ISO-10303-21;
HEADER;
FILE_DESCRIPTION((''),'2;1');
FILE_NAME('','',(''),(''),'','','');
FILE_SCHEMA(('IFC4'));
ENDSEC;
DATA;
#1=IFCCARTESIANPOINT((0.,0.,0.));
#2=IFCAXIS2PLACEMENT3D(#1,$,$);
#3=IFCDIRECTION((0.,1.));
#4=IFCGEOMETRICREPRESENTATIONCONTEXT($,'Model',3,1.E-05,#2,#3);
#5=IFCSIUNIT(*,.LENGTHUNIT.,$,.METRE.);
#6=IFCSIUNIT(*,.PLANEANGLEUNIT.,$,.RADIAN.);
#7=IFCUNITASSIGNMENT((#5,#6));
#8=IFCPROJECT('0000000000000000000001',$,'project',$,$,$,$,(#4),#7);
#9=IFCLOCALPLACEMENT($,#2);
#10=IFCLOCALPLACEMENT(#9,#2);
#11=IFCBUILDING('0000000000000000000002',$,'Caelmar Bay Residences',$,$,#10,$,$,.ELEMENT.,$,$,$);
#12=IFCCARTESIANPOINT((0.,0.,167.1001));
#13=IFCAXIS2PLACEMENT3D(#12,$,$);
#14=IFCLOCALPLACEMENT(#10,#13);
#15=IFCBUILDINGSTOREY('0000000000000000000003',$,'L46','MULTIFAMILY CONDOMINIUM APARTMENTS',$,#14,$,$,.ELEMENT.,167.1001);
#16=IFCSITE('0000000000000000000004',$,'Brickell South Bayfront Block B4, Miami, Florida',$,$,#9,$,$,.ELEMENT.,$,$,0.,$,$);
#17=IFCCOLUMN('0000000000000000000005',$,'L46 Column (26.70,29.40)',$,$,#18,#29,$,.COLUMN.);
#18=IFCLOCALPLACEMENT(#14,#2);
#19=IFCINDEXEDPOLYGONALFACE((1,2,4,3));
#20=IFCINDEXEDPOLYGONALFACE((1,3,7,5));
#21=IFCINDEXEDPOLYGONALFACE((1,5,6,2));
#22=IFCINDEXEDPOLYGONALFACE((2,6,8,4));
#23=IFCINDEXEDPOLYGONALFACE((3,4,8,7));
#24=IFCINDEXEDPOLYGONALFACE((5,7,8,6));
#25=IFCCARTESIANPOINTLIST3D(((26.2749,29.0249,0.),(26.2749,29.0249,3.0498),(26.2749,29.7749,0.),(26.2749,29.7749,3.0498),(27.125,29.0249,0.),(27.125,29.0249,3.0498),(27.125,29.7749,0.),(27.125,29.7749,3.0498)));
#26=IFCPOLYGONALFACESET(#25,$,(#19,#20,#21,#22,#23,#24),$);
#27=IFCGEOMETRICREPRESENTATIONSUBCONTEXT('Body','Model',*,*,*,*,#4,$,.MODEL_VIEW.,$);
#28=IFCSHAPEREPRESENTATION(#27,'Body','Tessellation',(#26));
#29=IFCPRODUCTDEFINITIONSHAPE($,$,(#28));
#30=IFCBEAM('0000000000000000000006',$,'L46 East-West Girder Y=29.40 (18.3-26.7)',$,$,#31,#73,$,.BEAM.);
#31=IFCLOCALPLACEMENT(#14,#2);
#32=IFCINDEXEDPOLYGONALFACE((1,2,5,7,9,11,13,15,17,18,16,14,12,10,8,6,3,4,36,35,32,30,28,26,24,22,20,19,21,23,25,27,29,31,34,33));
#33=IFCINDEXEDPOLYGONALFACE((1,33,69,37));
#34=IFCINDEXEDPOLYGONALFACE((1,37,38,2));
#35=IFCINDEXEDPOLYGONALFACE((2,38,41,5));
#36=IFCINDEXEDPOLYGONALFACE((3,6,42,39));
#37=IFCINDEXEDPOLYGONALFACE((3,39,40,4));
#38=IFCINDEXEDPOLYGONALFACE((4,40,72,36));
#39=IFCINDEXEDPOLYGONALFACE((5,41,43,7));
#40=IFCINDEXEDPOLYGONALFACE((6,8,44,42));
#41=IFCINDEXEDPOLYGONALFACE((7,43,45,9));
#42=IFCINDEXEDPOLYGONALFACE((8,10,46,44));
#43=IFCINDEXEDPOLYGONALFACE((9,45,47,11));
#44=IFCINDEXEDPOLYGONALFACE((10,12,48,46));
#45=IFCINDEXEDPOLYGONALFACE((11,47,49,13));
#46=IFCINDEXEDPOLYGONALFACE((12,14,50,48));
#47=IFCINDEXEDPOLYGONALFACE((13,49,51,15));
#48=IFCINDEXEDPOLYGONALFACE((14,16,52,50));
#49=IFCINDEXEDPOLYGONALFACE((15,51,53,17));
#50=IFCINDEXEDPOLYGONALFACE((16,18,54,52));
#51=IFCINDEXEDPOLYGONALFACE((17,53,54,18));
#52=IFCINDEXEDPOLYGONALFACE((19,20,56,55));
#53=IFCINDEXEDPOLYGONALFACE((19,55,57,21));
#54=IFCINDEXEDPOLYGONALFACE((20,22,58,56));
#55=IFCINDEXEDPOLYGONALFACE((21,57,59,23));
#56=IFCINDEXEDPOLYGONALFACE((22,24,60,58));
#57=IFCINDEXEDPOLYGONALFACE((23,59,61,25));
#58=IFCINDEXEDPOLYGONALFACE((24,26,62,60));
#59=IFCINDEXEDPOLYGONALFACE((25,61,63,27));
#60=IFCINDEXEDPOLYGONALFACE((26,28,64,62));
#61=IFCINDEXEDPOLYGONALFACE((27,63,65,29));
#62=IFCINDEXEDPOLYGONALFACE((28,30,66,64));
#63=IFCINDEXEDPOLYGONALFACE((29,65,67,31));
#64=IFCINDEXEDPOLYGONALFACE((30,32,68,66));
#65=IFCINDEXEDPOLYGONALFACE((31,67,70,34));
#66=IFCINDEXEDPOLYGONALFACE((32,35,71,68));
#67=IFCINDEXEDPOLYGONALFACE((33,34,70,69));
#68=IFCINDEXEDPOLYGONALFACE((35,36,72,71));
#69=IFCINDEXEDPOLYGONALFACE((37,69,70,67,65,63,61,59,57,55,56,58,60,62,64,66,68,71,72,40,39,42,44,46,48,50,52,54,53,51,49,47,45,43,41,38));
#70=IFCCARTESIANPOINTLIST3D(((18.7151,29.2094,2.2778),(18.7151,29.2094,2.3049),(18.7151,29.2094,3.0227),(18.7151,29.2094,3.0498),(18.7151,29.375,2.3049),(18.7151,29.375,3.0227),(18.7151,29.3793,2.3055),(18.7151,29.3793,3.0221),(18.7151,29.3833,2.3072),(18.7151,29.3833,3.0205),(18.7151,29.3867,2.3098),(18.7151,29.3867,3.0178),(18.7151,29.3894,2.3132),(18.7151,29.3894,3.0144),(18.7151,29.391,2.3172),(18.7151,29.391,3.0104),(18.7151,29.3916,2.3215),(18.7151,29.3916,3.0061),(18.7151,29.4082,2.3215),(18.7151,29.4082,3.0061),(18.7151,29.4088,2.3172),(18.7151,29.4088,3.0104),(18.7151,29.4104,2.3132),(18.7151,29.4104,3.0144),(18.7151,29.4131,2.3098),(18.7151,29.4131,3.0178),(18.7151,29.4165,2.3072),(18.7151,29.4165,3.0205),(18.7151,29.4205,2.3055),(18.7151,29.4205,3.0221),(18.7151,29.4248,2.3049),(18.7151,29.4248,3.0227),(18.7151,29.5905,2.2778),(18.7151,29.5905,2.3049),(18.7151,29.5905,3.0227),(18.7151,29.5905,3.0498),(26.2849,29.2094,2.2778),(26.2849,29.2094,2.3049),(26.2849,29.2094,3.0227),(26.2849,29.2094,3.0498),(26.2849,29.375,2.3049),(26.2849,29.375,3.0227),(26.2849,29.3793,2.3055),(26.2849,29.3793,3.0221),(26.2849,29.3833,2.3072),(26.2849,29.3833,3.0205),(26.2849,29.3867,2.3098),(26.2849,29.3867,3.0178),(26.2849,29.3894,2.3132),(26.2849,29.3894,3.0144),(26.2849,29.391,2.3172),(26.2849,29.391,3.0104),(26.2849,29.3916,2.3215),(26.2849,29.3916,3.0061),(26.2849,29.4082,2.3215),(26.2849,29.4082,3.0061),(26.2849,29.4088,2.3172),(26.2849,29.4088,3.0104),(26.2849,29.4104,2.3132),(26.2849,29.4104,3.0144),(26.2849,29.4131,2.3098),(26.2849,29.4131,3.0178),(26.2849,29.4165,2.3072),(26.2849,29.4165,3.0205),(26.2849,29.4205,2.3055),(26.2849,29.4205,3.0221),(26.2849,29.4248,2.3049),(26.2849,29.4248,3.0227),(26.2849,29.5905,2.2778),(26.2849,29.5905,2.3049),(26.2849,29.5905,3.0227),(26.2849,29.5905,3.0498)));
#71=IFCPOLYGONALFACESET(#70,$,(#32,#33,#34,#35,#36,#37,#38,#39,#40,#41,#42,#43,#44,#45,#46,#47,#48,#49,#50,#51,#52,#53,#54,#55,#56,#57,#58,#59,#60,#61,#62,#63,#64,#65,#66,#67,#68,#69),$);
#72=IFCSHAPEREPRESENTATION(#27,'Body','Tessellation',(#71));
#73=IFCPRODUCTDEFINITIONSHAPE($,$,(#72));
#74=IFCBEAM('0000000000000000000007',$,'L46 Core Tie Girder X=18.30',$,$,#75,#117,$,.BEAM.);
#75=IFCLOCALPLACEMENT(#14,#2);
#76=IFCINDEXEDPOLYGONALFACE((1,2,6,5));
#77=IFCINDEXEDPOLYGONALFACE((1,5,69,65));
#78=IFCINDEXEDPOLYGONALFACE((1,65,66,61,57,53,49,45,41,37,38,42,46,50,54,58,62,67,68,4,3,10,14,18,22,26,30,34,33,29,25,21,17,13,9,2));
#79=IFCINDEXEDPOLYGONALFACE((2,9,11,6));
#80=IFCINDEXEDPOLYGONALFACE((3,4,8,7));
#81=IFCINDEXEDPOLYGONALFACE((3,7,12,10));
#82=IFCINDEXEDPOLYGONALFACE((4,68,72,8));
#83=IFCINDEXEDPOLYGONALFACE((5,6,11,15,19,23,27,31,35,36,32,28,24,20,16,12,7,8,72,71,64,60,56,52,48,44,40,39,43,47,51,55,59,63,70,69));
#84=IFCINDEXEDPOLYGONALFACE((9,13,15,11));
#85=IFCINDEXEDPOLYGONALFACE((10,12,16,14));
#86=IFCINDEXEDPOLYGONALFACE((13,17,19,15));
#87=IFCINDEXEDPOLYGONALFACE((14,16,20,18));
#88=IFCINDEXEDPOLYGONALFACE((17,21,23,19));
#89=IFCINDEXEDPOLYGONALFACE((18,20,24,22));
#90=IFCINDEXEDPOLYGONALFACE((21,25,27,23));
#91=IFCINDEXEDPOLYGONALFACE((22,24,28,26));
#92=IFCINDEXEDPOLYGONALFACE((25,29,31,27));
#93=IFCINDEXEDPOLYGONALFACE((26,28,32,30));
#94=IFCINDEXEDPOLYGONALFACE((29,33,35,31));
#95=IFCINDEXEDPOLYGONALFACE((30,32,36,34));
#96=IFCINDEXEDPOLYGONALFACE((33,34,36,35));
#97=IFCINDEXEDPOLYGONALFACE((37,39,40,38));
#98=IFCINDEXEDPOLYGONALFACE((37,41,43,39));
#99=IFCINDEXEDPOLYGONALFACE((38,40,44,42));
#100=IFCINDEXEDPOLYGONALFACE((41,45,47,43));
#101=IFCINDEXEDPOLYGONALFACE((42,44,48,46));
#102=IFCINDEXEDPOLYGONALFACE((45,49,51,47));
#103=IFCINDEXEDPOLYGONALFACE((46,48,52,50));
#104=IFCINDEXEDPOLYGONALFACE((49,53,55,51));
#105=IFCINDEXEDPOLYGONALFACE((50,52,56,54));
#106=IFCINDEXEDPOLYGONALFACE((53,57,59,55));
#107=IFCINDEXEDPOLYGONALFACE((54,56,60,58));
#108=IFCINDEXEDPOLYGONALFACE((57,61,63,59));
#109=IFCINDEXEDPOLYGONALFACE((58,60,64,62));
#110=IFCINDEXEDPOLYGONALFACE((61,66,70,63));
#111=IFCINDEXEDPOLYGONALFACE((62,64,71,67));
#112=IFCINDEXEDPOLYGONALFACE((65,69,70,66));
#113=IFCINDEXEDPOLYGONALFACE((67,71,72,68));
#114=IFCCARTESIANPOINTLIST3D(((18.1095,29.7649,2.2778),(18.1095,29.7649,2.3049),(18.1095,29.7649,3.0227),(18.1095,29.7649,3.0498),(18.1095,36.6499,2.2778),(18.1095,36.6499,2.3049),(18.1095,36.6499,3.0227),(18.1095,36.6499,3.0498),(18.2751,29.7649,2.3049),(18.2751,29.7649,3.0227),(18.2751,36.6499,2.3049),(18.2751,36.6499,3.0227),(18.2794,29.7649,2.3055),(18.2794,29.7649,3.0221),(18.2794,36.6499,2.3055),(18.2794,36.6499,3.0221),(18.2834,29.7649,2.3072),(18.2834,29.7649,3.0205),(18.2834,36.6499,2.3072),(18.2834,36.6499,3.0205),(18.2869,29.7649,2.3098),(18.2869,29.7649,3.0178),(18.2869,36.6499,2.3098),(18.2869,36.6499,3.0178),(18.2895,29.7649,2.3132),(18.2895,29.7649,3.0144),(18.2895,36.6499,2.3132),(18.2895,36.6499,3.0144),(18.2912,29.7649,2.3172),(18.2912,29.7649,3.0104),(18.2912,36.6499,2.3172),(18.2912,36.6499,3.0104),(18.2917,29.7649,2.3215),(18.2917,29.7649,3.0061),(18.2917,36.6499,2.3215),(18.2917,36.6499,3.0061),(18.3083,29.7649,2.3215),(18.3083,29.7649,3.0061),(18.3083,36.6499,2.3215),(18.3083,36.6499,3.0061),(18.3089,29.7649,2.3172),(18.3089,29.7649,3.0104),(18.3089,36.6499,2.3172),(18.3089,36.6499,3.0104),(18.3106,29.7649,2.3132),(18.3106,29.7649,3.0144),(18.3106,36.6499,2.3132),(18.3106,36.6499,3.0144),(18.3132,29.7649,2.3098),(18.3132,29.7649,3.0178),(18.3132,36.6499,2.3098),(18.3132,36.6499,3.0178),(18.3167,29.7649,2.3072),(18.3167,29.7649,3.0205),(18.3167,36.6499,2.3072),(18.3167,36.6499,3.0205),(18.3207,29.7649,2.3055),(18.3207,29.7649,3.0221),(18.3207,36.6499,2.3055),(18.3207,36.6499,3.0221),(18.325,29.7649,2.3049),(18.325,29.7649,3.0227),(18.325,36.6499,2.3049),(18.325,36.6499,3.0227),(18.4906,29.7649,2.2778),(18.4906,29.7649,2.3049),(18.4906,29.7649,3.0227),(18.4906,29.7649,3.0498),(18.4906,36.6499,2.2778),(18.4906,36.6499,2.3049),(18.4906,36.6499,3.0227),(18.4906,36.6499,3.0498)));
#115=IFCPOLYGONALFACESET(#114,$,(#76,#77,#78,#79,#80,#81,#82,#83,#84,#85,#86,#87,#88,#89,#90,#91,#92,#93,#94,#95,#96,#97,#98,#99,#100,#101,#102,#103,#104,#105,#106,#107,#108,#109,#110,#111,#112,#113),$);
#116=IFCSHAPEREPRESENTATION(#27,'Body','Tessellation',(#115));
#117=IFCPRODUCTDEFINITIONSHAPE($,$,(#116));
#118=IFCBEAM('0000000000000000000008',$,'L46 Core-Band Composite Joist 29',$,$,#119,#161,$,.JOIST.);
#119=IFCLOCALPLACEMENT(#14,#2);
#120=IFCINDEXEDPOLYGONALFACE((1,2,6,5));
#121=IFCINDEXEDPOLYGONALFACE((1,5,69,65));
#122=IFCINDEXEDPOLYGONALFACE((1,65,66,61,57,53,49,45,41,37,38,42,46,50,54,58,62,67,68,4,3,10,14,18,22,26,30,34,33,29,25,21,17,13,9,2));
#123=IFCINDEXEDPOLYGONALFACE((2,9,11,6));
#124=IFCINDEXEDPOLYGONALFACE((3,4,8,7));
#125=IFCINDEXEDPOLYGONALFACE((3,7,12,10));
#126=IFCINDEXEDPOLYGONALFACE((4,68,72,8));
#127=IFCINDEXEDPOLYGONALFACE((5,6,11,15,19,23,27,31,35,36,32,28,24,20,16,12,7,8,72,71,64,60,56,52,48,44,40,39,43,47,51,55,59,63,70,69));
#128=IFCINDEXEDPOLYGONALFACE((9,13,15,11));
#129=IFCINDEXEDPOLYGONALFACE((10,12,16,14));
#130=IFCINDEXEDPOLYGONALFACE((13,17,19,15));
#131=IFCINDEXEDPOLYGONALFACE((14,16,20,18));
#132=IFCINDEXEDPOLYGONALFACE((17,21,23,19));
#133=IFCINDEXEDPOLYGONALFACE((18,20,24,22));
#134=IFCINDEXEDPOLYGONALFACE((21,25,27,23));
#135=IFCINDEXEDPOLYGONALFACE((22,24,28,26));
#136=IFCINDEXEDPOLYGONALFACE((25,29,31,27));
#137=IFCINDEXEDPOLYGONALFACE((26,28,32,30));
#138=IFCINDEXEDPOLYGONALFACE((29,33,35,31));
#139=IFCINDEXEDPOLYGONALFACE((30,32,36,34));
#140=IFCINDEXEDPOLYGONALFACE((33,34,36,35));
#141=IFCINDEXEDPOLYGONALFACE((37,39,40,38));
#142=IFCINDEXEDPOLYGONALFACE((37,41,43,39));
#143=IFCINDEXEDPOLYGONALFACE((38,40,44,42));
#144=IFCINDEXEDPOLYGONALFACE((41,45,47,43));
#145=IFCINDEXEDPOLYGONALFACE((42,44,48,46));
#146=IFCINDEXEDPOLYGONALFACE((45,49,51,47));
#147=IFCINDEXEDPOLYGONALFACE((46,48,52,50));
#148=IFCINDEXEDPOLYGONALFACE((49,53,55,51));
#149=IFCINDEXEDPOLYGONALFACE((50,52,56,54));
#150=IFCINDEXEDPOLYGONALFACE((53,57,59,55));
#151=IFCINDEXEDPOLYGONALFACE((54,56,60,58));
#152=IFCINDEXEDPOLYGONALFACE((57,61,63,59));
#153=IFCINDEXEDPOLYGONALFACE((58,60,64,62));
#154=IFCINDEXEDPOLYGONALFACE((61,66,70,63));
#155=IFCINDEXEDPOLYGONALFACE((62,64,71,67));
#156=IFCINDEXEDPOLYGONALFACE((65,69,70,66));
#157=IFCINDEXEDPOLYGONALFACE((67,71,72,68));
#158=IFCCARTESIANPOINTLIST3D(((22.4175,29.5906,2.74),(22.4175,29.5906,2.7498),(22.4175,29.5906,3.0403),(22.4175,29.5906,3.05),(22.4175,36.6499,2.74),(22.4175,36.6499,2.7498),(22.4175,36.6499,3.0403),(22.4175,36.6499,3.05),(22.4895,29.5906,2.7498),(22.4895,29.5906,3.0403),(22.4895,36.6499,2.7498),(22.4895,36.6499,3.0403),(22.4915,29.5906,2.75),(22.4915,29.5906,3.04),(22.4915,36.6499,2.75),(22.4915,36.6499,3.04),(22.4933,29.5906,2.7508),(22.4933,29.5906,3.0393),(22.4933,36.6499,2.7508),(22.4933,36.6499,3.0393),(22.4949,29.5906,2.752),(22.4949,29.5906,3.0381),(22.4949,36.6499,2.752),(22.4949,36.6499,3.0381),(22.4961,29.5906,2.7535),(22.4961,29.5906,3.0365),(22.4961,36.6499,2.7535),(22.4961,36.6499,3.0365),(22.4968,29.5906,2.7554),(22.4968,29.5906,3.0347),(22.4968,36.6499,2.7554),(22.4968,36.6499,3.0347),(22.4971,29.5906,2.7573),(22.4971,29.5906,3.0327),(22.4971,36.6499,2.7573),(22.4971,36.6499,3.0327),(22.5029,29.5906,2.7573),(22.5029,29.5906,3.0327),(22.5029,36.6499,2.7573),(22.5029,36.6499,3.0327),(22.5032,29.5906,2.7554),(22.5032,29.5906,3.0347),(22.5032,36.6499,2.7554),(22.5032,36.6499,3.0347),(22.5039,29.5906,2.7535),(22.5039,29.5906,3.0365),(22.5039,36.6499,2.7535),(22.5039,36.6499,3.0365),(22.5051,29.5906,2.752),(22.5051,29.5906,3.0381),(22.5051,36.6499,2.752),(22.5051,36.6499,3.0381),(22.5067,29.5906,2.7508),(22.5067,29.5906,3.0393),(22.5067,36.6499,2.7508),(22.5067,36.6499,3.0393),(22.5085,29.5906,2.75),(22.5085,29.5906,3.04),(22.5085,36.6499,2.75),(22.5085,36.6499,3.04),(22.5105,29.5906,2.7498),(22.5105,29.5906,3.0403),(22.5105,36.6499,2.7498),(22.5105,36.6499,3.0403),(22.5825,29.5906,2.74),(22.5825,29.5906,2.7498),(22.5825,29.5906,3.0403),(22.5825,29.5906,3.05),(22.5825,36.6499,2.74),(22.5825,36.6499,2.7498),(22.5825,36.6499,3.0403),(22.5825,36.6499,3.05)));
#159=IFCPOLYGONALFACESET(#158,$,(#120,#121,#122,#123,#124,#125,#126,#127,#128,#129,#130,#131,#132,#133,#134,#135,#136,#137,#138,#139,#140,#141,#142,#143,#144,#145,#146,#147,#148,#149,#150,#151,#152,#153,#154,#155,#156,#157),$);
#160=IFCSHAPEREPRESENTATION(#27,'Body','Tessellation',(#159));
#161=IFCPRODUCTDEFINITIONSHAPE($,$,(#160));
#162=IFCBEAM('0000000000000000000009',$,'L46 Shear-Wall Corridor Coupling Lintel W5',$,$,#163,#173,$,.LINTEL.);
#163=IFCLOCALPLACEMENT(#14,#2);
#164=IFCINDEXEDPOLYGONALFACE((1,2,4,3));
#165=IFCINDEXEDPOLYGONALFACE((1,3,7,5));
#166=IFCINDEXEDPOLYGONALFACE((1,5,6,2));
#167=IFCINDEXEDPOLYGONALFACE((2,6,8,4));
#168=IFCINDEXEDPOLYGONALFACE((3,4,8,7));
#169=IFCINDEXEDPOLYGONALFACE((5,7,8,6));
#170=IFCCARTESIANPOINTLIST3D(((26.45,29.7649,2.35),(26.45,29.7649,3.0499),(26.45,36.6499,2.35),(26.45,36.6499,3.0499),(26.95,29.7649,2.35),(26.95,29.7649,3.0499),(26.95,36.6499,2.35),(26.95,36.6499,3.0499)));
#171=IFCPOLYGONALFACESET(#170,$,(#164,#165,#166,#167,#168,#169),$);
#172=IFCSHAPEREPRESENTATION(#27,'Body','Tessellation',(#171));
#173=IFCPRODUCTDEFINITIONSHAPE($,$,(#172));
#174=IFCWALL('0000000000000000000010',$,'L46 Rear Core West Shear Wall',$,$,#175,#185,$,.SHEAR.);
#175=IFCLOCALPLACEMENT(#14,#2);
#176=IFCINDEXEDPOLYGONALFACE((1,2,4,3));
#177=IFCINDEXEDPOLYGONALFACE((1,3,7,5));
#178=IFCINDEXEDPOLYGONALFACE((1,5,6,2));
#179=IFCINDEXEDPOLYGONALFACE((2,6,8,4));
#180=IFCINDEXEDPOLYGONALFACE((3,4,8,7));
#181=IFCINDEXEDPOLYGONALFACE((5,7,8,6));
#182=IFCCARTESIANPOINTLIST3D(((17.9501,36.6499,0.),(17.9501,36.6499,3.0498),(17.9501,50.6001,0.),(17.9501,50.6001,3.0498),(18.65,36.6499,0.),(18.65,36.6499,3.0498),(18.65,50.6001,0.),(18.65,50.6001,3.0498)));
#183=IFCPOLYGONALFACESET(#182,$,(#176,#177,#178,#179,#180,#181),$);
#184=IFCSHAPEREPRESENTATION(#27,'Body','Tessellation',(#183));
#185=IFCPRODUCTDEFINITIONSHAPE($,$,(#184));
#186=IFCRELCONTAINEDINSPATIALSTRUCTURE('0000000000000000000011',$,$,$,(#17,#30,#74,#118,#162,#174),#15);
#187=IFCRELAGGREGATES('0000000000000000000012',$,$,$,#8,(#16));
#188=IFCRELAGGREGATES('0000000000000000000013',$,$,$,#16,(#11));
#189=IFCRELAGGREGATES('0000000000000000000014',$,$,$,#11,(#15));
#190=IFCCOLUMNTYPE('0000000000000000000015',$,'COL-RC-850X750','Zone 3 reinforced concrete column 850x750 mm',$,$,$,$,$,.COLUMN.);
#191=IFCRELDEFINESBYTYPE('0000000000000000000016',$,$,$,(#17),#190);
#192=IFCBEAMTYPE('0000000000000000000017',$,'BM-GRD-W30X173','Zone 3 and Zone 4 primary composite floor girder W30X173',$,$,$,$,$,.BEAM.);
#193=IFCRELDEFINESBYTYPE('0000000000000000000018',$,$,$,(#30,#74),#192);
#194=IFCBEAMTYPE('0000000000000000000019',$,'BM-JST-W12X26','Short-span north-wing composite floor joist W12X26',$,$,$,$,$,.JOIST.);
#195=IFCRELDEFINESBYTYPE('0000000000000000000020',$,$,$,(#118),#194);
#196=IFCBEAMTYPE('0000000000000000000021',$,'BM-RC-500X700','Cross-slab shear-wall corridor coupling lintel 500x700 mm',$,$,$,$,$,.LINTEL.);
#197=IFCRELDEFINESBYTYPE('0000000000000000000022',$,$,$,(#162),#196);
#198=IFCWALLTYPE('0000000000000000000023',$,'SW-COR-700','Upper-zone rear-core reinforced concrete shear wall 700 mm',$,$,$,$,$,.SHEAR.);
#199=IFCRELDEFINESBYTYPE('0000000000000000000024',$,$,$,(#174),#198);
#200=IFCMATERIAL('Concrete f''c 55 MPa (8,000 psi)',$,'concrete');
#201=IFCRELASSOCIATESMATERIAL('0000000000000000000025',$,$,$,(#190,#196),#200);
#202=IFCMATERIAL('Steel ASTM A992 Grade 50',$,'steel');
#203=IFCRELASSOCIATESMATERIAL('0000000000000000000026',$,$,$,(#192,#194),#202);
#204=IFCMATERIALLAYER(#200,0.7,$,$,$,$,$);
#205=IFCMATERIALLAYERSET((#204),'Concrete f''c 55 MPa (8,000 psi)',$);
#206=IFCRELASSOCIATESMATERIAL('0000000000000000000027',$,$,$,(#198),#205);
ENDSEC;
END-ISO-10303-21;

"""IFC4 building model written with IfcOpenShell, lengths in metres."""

from ifc_helpers import new_model, si_unit, direction, frame, frame_2d, origin, origin_2d, place, context, subcontext, project, spatial, rectangle, i_section, extrude, material, layer, layer_set, material_profile, profile_set, type_object, element, save


model = new_model("IFC4")

# Units and contexts
model_context = context("Model", 3, precision=1e-05, world=origin(), true_north=direction((0.0, 1.0)))
body_context = subcontext(model_context, "Body", "Model", "MODEL_VIEW")
ifc_project = project(units=[si_unit("LENGTHUNIT", "METRE"), si_unit("PLANEANGLEUNIT", "RADIAN")], contexts=[model_context])

# Site, building, storey
site_placement = place(None, origin())
site = spatial("IfcSite", under=ifc_project, at=site_placement, Name="Brickell South Bayfront Block B4, Miami, Florida", CompositionType="ELEMENT", RefElevation=0.0)
building_placement = place(site_placement, origin())
building = spatial("IfcBuilding", under=site, at=building_placement, Name="Caelmar Bay Residences", CompositionType="ELEMENT")
storey_placement = place(building_placement, frame((0.0, 0.0, 167.1001)))
storey = spatial("IfcBuildingStorey", under=building, at=storey_placement, Name="L46", Description="MULTIFAMILY CONDOMINIUM APARTMENTS", CompositionType="ELEMENT", Elevation=167.1001)

# Column
ifc_material_1 = material(Name="Concrete f'c 55 MPa (8,000 psi)", Category="concrete")
ifc_material_profile_1 = material_profile(ifc_material_1, rectangle(XDim=0.8501, YDim=0.75, at=origin_2d()), Name="RC-COL-850X750")
ifc_profile_set_1 = profile_set([ifc_material_profile_1], Name="Concrete f'c 55 MPa (8,000 psi)")
column_type = type_object("IfcColumnType", Name="COL-RC-850X750", Description="Zone 3 reinforced concrete column 850x750 mm", PredefinedType="COLUMN", material=ifc_profile_set_1)
column_placement = place(storey_placement, frame((26.7, 29.3999, 0.0), z_axis=(0.0, 0.0, 1.0), x_axis=(1.0, 0.0, 0.0)))
element("IfcColumn", 1, at=column_placement, inside=storey, type_object=column_type, Name="L46 Column (26.70,29.40)", PredefinedType="COLUMN", context=body_context, shape_type="SweptSolid", body=[
    extrude(rectangle(XDim=0.8501, YDim=0.75, at=origin_2d()), origin(), (0.0, 0.0, 1.0), 3.0498),
])

# Beams
ifc_material_2 = material(Name="Steel ASTM A992 Grade 50", Category="steel")
ifc_material_profile_2 = material_profile(ifc_material_2, i_section(OverallWidth=0.3811, OverallDepth=0.772, WebThickness=0.0166, FlangeThickness=0.0271, FilletRadius=0.0166, at=origin_2d()), Name="W30X173")
ifc_profile_set_2 = profile_set([ifc_material_profile_2], Name="Steel ASTM A992 Grade 50")
beam_type_1 = type_object("IfcBeamType", Name="BM-GRD-W30X173", Description="Zone 3 and Zone 4 primary composite floor girder W30X173", PredefinedType="BEAM", material=ifc_profile_set_2)
beam_1_placement = place(storey_placement, frame((18.7151, 29.3999, 2.6638), z_axis=(1.0, 0.0, 0.0), x_axis=(0.0, 1.0, 0.0)))
element("IfcBeam", 2, at=beam_1_placement, inside=storey, type_object=beam_type_1, Name="L46 East-West Girder Y=29.40 (18.3-26.7)", PredefinedType="BEAM", context=body_context, shape_type="SweptSolid", body=[
    extrude(i_section(OverallWidth=0.3811, OverallDepth=0.772, WebThickness=0.0166, FlangeThickness=0.0271, FilletRadius=0.0166, at=origin_2d()), origin(), (0.0, 0.0, 1.0), 7.5698),
])
beam_2_placement = place(storey_placement, frame((18.3, 29.7649, 2.6638), z_axis=(0.0, 1.0, 0.0), x_axis=(-1.0, 0.0, 0.0)))
element("IfcBeam", 3, at=beam_2_placement, inside=storey, type_object=beam_type_1, Name="L46 Core Tie Girder X=18.30", PredefinedType="BEAM", context=body_context, shape_type="SweptSolid", body=[
    extrude(i_section(OverallWidth=0.3811, OverallDepth=0.772, WebThickness=0.0166, FlangeThickness=0.0271, FilletRadius=0.0166, at=origin_2d()), origin(), (0.0, 0.0, 1.0), 6.885),
])
ifc_material_profile_3 = material_profile(ifc_material_2, i_section(OverallWidth=0.165, OverallDepth=0.3101, WebThickness=0.0059, FlangeThickness=0.0098, FilletRadius=0.0076, at=origin_2d()), Name="W12X26")
ifc_profile_set_3 = profile_set([ifc_material_profile_3], Name="Steel ASTM A992 Grade 50")
beam_type_2 = type_object("IfcBeamType", Name="BM-JST-W12X26", Description="Short-span north-wing composite floor joist W12X26", PredefinedType="JOIST", material=ifc_profile_set_3)
beam_3_placement = place(storey_placement, frame((22.5, 29.5906, 2.895), z_axis=(0.0, 1.0, 0.0), x_axis=(-1.0, 0.0, 0.0)))
element("IfcBeam", 4, at=beam_3_placement, inside=storey, type_object=beam_type_2, Name="L46 Core-Band Composite Joist 29", PredefinedType="JOIST", context=body_context, shape_type="SweptSolid", body=[
    extrude(i_section(OverallWidth=0.165, OverallDepth=0.3101, WebThickness=0.0059, FlangeThickness=0.0098, FilletRadius=0.0076, at=origin_2d()), origin(), (0.0, 0.0, 1.0), 7.0593),
])
ifc_material_profile_4 = material_profile(ifc_material_1, rectangle(XDim=0.5, YDim=0.7, at=origin_2d()), Name="RC-BM-500X700")
ifc_profile_set_4 = profile_set([ifc_material_profile_4], Name="Concrete f'c 55 MPa (8,000 psi)")
beam_type_3 = type_object("IfcBeamType", Name="BM-RC-500X700", Description="Cross-slab shear-wall corridor coupling lintel 500x700 mm", PredefinedType="LINTEL", material=ifc_profile_set_4)
beam_4_placement = place(storey_placement, frame((26.7, 29.7649, 2.7), z_axis=(0.0, 1.0, 0.0), x_axis=(-1.0, 0.0, 0.0)))
element("IfcBeam", 5, at=beam_4_placement, inside=storey, type_object=beam_type_3, Name="L46 Shear-Wall Corridor Coupling Lintel W5", PredefinedType="LINTEL", context=body_context, shape_type="SweptSolid", body=[
    extrude(rectangle(XDim=0.5, YDim=0.7, at=origin_2d()), origin(), (0.0, 0.0, 1.0), 6.885),
])

# Wall
ifc_layer_1 = layer(ifc_material_1, 0.7)
ifc_layer_set_1 = layer_set([ifc_layer_1], Name="Concrete f'c 55 MPa (8,000 psi)")
wall_type_1 = type_object("IfcWallType", Name="SW-COR-700", Description="Upper-zone rear-core reinforced concrete shear wall 700 mm", PredefinedType="SHEAR", material=ifc_layer_set_1)
wall_1_placement = place(storey_placement, frame((18.3, 36.6499, 0.0), z_axis=(0.0, 0.0, 1.0), x_axis=(0.0, 1.0, 0.0)))
element("IfcWall", 6, at=wall_1_placement, inside=storey, type_object=wall_type_1, Name="L46 Rear Core West Shear Wall", PredefinedType="SHEAR", context=body_context, shape_type="SweptSolid", body=[
    extrude(rectangle(XDim=13.9502, YDim=0.7, at=frame_2d((6.9751, 0.0))), origin(), (0.0, 0.0, 1.0), 3.0498),
])

save(model, "model.ifc")
